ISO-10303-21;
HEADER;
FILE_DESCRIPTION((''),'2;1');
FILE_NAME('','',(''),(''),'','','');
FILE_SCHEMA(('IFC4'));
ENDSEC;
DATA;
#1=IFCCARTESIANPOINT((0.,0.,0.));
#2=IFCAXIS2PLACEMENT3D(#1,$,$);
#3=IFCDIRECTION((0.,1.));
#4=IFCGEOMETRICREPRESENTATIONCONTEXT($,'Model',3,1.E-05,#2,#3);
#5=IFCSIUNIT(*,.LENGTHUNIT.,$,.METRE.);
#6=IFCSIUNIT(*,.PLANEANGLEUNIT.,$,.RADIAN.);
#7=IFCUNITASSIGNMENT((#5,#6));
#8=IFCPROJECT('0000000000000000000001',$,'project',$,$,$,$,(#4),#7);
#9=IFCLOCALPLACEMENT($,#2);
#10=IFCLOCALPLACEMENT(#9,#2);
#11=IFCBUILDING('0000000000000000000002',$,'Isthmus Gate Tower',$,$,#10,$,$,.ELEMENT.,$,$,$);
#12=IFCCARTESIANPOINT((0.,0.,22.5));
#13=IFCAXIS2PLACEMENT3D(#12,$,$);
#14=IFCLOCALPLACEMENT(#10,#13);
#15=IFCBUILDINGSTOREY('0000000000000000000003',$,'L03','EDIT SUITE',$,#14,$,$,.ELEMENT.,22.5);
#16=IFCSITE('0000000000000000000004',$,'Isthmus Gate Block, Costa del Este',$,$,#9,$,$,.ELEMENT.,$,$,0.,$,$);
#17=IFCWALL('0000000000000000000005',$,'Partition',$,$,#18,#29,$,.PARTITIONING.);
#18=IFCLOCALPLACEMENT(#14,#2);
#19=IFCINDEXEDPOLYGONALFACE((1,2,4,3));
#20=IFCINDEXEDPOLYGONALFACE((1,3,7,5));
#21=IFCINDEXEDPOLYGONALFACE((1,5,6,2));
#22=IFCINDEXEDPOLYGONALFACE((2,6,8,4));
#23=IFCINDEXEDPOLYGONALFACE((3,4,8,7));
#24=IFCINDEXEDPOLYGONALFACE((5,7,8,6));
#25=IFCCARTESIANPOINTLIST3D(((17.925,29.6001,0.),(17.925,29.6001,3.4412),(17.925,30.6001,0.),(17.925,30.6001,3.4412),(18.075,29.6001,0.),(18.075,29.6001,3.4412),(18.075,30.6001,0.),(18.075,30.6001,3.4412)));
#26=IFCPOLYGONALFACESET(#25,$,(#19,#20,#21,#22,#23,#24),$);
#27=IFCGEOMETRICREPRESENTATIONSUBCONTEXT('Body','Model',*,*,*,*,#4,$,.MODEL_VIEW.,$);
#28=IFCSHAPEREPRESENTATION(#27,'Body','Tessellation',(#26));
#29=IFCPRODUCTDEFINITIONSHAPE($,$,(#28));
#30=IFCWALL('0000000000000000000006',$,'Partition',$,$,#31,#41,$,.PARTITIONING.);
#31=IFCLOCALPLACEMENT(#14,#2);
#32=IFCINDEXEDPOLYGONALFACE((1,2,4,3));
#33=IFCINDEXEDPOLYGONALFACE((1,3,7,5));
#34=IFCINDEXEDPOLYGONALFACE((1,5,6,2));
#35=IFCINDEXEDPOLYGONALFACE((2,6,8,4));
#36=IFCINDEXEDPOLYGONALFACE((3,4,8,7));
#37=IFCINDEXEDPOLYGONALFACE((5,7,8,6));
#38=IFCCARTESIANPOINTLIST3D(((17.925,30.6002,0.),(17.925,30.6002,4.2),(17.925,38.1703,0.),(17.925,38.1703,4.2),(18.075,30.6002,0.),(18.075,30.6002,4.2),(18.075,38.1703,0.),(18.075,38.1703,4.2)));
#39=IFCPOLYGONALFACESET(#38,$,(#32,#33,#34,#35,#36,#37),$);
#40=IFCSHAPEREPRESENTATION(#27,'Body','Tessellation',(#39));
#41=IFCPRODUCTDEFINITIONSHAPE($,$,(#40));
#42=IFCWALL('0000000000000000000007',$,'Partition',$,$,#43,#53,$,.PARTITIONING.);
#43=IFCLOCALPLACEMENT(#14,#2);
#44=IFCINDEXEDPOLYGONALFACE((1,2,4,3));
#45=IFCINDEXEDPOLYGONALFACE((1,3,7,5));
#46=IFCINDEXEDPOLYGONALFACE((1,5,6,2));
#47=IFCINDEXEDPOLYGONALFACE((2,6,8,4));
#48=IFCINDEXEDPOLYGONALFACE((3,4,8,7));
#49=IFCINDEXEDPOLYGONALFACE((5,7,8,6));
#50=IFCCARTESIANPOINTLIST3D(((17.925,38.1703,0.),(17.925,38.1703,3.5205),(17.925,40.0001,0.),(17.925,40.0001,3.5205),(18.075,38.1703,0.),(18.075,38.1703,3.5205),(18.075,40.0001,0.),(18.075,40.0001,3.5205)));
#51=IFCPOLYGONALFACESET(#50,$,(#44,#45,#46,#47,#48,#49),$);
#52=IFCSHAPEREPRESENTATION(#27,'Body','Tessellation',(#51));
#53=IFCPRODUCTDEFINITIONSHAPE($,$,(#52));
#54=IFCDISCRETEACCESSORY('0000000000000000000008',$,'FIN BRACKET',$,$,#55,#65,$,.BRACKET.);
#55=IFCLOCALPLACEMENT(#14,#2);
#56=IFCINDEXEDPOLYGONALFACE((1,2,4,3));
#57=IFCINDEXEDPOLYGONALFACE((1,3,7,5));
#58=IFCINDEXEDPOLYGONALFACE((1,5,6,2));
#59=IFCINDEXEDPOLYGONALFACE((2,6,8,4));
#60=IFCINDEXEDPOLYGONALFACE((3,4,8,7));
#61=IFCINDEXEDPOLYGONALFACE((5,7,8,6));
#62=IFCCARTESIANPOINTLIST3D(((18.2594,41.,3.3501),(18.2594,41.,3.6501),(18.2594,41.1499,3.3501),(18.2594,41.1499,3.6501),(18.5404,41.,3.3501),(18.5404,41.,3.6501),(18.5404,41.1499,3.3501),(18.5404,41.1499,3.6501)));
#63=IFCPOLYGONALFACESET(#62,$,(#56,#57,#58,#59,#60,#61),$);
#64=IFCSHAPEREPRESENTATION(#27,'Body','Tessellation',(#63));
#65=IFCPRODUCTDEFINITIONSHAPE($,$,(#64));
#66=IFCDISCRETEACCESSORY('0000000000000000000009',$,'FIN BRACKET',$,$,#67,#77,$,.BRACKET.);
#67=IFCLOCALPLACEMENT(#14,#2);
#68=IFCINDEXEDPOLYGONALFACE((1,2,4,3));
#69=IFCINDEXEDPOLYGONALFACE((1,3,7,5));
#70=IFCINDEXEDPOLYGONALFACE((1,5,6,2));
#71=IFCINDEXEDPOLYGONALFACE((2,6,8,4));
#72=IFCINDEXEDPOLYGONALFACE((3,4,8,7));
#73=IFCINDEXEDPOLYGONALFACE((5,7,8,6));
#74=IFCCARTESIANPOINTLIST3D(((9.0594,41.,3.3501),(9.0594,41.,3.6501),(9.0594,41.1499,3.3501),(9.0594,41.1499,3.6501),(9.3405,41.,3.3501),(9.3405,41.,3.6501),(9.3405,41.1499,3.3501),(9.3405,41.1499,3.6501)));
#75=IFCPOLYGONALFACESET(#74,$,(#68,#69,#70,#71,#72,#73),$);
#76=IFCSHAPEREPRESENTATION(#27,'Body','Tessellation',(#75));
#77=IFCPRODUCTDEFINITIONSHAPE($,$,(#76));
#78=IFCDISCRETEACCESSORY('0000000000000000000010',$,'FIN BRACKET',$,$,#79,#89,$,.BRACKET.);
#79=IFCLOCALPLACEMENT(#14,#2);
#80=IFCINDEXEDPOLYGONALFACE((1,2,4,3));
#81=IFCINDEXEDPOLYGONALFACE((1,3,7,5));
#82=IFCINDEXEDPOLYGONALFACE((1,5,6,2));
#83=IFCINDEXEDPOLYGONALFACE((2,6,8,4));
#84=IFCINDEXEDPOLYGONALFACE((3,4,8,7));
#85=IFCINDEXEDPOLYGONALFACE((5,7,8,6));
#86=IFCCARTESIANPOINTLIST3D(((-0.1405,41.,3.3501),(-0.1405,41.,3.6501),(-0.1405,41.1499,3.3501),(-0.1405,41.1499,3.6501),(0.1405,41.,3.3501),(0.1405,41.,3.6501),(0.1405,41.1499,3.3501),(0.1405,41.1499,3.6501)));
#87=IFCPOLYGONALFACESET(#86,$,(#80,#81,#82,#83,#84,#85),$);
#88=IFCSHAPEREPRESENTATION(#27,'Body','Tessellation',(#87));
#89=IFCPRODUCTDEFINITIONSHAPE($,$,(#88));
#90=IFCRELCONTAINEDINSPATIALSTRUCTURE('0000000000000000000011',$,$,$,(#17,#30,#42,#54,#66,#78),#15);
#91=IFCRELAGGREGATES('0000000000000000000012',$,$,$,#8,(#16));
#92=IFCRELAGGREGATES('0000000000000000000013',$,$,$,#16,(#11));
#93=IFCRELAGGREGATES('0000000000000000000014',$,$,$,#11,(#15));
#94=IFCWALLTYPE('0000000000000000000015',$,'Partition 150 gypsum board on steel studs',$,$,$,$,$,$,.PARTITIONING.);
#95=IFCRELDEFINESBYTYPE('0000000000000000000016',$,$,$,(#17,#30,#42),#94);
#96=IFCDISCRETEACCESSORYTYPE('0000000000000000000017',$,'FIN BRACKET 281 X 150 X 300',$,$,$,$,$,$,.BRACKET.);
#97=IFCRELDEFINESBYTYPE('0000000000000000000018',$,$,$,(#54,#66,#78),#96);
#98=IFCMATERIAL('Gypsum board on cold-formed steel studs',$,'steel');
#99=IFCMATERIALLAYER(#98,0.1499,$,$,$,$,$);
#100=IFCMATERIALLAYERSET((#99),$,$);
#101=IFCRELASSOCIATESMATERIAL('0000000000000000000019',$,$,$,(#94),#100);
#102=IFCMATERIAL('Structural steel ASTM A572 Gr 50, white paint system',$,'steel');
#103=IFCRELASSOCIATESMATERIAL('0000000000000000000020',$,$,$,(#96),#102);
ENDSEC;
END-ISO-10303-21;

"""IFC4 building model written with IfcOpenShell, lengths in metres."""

from ifc_helpers import new_model, si_unit, direction, frame, frame_2d, origin, origin_2d, place, context, subcontext, project, spatial, rectangle, extrude, material, layer, layer_set, type_object, element, save


model = new_model("IFC4")

# Units and contexts
model_context = context("Model", 3, precision=1e-05, world=origin(), true_north=direction((0.0, 1.0)))
body_context = subcontext(model_context, "Body", "Model", "MODEL_VIEW")
ifc_project = project(units=[si_unit("LENGTHUNIT", "METRE"), si_unit("PLANEANGLEUNIT", "RADIAN")], contexts=[model_context])

# Site, building, storey
site_placement = place(None, origin())
site = spatial("IfcSite", under=ifc_project, at=site_placement, Name="Isthmus Gate Block, Costa del Este", CompositionType="ELEMENT", RefElevation=0.0)
building_placement = place(site_placement, origin())
building = spatial("IfcBuilding", under=site, at=building_placement, Name="Isthmus Gate Tower", CompositionType="ELEMENT")
storey_placement = place(building_placement, frame((0.0, 0.0, 22.5)))
storey = spatial("IfcBuildingStorey", under=building, at=storey_placement, Name="L03", Description="EDIT SUITE", CompositionType="ELEMENT", Elevation=22.5)

# Walls
ifc_material_1 = material(Name="Gypsum board on cold-formed steel studs", Category="steel")
ifc_layer_1 = layer(ifc_material_1, 0.1499)
ifc_layer_set_1 = layer_set([ifc_layer_1])
wall_type_1 = type_object("IfcWallType", Name="Partition 150 gypsum board on steel studs", PredefinedType="PARTITIONING", material=ifc_layer_set_1)
wall_1_placement = place(storey_placement, frame((18.0, 29.6001, 0.0), z_axis=(0.0, 0.0, 1.0), x_axis=(0.0, 1.0, 0.0)))
element("IfcWall", 1, at=wall_1_placement, inside=storey, type_object=wall_type_1, Name="Partition", PredefinedType="PARTITIONING", context=body_context, shape_type="SweptSolid", body=[
    extrude(rectangle(XDim=1.0, YDim=0.1499, at=frame_2d((0.5, 0.0))), origin(), (0.0, 0.0, 1.0), 3.4412),
])
wall_2_placement = place(storey_placement, frame((18.0, 30.6001, 0.0), z_axis=(0.0, 0.0, 1.0), x_axis=(0.0, 1.0, 0.0)))
element("IfcWall", 2, at=wall_2_placement, inside=storey, type_object=wall_type_1, Name="Partition", PredefinedType="PARTITIONING", context=body_context, shape_type="SweptSolid", body=[
    extrude(rectangle(XDim=7.5701, YDim=0.1499, at=frame_2d((3.7852, 0.0))), origin(), (0.0, 0.0, 1.0), 4.2),
])
wall_3_placement = place(storey_placement, frame((18.0, 38.1702, 0.0), z_axis=(0.0, 0.0, 1.0), x_axis=(0.0, 1.0, 0.0)))
element("IfcWall", 3, at=wall_3_placement, inside=storey, type_object=wall_type_1, Name="Partition", PredefinedType="PARTITIONING", context=body_context, shape_type="SweptSolid", body=[
    extrude(rectangle(XDim=1.8298, YDim=0.1499, at=frame_2d((0.915, 0.0))), origin(), (0.0, 0.0, 1.0), 3.5205),
])

# Discrete accessories
ifc_material_2 = material(Name="Structural steel ASTM A572 Gr 50, white paint system", Category="steel")
discrete_accessory_type = type_object("IfcDiscreteAccessoryType", Name="FIN BRACKET 281 X 150 X 300", PredefinedType="BRACKET", material=ifc_material_2)
for number, where, z_axis, x_axis, name in (
    (4, (18.3999, 41.075, 3.3501), (0.0, 0.0, 1.0), (0.0, 1.0, 0.0), "FIN BRACKET"),
    (5, (9.2, 41.075, 3.3501), (0.0, 0.0, 1.0), (0.0, 1.0, 0.0), "FIN BRACKET"),
    (6, (0.0, 41.075, 3.3501), (0.0, 0.0, 1.0), (0.0, 1.0, 0.0), "FIN BRACKET"),
):
    element("IfcDiscreteAccessory", number, at=place(storey_placement, frame(where, z_axis=z_axis, x_axis=x_axis)), inside=storey, type_object=discrete_accessory_type, Name=name, PredefinedType="BRACKET", context=body_context, shape_type="SweptSolid", body=[
        extrude(rectangle(XDim=0.1499, YDim=0.281, at=origin_2d()), origin(), (0.0, 0.0, 1.0), 0.3),
    ])

save(model, "model.ifc")
